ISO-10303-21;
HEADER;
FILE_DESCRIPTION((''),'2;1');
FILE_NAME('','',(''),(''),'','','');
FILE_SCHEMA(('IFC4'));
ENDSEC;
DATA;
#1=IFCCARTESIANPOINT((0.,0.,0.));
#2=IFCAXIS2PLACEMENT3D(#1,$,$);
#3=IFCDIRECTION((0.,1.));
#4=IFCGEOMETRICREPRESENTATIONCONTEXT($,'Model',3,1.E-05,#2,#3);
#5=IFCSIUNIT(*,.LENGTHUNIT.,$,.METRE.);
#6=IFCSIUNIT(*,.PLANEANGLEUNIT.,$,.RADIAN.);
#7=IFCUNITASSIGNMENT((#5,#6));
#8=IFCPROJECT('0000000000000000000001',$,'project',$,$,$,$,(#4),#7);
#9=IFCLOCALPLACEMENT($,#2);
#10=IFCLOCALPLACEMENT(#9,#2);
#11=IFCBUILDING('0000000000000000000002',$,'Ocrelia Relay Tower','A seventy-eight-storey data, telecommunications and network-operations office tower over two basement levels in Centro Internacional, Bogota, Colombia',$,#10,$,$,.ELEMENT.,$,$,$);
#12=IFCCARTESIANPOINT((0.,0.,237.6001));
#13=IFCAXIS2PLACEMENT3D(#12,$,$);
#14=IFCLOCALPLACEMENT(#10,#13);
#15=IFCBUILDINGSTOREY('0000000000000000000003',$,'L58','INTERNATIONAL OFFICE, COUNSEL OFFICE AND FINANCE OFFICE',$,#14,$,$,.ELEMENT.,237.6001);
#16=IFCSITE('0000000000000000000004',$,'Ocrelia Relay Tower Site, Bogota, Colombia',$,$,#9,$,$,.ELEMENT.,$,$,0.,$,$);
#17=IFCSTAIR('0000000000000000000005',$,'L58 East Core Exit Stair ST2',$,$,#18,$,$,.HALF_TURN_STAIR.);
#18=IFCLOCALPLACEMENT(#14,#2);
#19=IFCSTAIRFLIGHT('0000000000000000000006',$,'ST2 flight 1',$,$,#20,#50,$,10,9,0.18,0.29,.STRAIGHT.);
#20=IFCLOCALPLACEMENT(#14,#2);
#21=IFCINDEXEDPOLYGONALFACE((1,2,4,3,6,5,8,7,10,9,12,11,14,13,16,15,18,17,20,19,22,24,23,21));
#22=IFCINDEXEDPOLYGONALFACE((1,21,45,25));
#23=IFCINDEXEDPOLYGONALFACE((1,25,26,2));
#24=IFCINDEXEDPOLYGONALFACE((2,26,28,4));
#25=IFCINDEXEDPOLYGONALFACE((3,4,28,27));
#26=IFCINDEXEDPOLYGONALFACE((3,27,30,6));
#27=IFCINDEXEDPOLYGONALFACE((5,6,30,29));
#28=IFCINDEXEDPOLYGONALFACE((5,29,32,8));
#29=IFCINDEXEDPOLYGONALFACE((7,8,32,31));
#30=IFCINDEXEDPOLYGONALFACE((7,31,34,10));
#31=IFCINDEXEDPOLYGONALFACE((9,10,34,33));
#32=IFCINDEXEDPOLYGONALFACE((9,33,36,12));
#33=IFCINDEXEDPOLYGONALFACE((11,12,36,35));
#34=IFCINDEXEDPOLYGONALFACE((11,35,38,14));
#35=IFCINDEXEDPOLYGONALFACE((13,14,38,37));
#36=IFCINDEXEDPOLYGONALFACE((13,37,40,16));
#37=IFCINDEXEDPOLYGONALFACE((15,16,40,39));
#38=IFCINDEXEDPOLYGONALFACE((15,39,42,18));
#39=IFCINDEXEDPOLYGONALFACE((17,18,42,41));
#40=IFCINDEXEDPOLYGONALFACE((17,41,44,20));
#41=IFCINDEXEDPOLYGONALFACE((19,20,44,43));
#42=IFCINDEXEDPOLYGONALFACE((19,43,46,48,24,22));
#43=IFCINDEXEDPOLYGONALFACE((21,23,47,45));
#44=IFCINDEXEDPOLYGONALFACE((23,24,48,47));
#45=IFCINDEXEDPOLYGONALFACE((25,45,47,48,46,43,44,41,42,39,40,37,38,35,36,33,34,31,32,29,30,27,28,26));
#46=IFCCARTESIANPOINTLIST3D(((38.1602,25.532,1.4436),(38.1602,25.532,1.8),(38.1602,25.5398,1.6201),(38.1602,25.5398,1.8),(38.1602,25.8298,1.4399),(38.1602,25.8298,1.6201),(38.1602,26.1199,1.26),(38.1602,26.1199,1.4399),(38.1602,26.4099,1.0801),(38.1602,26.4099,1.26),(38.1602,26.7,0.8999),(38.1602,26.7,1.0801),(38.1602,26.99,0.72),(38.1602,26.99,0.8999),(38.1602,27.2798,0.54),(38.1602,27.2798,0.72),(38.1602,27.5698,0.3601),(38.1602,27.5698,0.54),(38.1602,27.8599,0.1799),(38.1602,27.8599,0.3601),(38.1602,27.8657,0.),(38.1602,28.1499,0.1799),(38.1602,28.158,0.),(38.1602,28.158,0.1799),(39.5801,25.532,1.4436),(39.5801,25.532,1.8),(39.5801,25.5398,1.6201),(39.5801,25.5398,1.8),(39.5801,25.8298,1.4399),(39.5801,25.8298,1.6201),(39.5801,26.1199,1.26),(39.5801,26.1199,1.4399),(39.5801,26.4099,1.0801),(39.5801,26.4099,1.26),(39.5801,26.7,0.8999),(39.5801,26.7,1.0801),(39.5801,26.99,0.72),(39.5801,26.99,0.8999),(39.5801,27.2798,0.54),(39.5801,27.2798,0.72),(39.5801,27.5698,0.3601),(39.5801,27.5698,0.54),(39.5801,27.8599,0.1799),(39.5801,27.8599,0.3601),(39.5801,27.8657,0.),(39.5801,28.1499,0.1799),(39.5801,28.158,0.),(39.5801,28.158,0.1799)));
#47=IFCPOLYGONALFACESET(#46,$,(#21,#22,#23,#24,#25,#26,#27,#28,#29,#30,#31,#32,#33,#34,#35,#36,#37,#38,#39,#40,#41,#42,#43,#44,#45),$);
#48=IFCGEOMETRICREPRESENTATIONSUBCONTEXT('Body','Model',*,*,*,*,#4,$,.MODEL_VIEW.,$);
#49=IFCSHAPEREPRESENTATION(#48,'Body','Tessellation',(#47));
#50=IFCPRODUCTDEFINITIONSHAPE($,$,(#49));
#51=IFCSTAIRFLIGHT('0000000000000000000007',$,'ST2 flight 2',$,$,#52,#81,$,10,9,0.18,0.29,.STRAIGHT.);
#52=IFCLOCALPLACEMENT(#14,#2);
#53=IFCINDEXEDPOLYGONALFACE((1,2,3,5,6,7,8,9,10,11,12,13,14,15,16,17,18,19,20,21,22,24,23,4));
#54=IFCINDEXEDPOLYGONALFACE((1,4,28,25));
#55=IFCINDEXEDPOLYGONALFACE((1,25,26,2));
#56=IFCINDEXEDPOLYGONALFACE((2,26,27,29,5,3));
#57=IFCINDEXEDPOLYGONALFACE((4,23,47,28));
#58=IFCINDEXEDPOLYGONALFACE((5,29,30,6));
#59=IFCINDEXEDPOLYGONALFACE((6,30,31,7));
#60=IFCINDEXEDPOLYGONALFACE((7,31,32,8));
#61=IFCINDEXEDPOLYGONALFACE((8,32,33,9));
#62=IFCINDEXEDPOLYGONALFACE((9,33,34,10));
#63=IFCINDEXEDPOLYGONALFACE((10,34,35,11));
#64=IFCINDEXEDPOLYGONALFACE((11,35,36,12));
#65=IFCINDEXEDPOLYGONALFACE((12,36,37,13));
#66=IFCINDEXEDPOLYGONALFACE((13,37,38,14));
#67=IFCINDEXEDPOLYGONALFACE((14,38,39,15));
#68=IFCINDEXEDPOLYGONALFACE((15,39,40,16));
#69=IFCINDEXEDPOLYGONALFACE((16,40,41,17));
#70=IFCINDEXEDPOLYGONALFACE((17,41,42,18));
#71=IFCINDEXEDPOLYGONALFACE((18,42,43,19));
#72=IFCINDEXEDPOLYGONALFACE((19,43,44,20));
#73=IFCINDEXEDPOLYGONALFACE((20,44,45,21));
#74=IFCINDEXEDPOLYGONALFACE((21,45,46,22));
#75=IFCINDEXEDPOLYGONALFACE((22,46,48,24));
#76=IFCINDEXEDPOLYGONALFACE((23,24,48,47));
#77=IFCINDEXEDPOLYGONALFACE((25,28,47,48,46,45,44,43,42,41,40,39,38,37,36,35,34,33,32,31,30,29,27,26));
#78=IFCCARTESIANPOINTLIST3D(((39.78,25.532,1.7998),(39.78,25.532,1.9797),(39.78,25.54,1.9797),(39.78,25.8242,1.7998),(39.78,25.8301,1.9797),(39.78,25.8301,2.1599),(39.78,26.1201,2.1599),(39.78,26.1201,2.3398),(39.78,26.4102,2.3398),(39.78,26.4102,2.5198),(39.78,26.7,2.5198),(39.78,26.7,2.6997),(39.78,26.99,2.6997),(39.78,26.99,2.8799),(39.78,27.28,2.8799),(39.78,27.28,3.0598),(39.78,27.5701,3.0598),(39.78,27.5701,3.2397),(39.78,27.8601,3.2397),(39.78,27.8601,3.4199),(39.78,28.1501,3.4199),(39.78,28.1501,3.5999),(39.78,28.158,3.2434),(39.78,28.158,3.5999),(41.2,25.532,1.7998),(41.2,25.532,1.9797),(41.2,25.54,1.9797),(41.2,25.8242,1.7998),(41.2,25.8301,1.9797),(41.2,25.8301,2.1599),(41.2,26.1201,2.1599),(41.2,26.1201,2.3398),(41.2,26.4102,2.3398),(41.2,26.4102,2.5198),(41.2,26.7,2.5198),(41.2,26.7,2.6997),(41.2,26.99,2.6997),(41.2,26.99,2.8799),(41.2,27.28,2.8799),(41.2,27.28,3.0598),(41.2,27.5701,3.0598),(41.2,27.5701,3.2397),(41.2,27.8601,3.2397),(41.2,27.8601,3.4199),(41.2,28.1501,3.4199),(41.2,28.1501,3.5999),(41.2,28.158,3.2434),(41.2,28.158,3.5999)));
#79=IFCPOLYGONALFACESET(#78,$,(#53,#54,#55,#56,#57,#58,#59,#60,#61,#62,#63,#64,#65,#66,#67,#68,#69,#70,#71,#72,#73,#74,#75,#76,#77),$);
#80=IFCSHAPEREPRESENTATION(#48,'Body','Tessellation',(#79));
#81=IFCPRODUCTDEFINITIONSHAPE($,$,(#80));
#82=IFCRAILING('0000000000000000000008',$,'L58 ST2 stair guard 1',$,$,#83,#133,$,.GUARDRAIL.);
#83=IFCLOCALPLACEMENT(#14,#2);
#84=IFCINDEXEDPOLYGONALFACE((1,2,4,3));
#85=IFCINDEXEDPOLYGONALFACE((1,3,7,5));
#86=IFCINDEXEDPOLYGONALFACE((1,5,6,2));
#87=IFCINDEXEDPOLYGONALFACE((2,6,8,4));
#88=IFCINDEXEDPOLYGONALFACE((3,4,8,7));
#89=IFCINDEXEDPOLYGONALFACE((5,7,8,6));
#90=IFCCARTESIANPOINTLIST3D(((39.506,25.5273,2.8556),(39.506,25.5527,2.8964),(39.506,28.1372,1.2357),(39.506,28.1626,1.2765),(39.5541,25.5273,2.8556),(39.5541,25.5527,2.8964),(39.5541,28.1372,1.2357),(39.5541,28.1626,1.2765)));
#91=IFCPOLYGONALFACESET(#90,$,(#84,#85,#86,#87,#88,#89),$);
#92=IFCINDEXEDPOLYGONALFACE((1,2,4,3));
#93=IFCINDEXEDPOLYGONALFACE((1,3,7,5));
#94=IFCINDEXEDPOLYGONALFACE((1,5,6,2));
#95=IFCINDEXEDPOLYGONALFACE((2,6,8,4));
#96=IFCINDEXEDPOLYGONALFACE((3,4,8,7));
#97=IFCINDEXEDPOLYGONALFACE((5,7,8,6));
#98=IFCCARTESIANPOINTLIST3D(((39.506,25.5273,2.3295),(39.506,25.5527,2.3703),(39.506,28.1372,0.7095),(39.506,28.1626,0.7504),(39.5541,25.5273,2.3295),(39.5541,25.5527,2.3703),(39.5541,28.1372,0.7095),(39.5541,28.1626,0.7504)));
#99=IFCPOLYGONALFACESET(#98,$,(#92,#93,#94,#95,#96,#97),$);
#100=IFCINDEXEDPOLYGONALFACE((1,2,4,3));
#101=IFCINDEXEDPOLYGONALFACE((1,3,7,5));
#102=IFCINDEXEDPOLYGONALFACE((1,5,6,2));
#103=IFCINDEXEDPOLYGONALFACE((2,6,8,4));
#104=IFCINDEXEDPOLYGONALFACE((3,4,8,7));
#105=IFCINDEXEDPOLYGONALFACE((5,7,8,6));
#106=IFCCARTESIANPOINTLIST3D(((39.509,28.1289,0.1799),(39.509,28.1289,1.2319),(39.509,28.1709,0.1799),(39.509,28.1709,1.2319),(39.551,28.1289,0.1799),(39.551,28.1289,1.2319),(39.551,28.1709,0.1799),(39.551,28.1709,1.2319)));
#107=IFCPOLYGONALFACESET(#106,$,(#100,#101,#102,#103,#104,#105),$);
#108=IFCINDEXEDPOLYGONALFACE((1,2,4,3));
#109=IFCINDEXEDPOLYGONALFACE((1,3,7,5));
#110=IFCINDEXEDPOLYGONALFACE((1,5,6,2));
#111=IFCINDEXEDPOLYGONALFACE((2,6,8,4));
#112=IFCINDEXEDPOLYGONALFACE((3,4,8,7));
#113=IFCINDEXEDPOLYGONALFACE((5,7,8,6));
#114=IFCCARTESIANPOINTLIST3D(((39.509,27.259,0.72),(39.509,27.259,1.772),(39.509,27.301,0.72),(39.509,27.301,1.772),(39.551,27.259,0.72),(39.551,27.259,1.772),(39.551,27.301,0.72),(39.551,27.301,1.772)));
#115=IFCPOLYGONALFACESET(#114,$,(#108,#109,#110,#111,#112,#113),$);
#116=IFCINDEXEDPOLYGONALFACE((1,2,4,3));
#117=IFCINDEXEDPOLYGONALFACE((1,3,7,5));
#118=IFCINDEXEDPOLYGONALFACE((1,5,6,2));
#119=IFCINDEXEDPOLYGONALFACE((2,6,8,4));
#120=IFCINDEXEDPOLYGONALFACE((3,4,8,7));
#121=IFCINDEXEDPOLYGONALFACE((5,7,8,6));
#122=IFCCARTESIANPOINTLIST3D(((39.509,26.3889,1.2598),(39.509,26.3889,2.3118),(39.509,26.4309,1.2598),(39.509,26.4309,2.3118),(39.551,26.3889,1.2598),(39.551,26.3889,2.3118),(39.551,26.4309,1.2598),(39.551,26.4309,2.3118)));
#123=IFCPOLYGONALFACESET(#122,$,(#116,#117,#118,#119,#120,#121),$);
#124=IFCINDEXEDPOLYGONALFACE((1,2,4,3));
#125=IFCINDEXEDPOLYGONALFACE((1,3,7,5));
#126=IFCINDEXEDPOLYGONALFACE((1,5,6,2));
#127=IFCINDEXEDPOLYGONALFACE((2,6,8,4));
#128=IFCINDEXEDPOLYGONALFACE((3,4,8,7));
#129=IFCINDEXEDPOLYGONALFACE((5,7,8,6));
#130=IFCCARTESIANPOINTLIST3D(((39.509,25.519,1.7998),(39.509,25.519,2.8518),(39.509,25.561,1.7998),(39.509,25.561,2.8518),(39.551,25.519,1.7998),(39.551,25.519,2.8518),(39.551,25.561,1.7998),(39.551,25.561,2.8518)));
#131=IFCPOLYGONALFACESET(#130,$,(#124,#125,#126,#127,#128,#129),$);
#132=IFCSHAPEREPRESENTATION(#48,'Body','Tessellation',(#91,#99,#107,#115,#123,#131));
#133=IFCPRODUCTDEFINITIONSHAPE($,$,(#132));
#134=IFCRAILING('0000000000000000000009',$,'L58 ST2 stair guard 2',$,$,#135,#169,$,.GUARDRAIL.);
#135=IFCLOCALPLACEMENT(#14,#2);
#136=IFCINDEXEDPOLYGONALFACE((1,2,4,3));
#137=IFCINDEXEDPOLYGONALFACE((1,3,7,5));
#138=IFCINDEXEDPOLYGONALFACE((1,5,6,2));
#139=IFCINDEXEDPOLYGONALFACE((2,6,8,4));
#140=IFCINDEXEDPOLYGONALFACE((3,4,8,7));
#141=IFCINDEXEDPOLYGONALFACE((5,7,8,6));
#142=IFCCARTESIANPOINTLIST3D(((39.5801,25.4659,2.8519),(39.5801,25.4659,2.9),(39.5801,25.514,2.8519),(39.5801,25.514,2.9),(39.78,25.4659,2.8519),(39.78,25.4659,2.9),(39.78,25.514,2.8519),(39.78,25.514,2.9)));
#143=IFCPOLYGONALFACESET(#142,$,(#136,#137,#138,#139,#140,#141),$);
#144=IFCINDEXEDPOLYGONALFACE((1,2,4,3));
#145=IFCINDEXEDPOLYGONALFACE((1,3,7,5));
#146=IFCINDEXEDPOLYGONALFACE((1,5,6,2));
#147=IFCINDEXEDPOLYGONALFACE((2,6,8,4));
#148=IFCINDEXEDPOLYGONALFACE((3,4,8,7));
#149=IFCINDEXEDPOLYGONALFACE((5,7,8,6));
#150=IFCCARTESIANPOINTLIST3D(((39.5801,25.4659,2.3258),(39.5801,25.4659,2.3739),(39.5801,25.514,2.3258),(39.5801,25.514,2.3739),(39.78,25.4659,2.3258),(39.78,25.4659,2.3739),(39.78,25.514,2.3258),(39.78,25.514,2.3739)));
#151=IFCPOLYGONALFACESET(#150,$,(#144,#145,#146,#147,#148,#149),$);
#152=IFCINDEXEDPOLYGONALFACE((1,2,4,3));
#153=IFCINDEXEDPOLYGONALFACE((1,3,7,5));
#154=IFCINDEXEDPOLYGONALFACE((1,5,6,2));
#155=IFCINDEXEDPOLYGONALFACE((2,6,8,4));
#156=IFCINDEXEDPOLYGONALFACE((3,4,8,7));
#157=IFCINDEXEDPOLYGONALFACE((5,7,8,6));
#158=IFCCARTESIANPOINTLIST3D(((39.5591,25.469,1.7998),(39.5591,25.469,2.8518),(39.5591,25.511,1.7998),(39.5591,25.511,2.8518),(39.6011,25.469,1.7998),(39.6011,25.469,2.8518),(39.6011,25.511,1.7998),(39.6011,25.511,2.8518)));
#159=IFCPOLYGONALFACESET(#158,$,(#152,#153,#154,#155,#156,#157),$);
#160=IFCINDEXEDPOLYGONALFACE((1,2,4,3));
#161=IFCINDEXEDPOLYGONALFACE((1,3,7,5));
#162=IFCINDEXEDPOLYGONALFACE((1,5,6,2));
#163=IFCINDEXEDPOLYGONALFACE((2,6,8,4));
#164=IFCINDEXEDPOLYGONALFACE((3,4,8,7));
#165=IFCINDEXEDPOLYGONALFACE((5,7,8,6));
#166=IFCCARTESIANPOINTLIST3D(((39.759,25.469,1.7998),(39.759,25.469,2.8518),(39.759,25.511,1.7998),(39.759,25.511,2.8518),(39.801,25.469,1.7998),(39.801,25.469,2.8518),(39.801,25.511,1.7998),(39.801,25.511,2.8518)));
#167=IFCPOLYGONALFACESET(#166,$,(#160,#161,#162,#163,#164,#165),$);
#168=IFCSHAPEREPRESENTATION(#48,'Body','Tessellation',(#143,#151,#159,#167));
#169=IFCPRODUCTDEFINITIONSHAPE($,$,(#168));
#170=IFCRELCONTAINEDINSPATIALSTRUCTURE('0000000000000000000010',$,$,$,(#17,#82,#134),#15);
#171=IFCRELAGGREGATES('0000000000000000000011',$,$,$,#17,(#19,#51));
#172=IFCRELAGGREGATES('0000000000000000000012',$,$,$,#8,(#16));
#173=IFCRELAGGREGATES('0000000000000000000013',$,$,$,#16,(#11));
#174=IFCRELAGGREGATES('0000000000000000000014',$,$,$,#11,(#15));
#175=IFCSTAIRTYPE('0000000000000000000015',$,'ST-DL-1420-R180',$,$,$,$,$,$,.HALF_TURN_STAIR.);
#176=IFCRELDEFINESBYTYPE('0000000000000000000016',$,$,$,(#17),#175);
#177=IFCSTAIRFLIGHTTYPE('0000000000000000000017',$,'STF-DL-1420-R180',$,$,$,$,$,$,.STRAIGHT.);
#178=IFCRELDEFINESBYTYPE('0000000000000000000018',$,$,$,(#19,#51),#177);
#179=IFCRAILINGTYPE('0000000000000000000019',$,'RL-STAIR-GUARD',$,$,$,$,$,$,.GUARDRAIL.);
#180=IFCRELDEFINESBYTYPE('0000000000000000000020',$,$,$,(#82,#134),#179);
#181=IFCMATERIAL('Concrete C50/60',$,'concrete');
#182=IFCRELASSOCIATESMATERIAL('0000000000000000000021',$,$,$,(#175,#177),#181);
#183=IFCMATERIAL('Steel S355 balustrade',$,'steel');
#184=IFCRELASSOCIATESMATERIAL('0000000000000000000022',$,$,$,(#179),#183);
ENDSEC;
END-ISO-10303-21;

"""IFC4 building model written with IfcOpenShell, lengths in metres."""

from ifc_helpers import new_model, si_unit, direction, frame, origin, origin_2d, place, context, subcontext, project, spatial, polyline, rectangle, outline, extrude, material, type_object, element, aggregate, save


model = new_model("IFC4")

# Units and contexts
model_context = context("Model", 3, precision=1e-05, world=origin(), true_north=direction((0.0, 1.0)))
body_context = subcontext(model_context, "Body", "Model", "MODEL_VIEW")
ifc_project = project(units=[si_unit("LENGTHUNIT", "METRE"), si_unit("PLANEANGLEUNIT", "RADIAN")], contexts=[model_context])

# Site, building, storey
site_placement = place(None, origin())
site = spatial("IfcSite", under=ifc_project, at=site_placement, Name="Ocrelia Relay Tower Site, Bogota, Colombia", CompositionType="ELEMENT", RefElevation=0.0)
building_placement = place(site_placement, origin())
building = spatial("IfcBuilding", under=site, at=building_placement, Name="Ocrelia Relay Tower", Description="A seventy-eight-storey data, telecommunications and network-operations office tower over two basement levels in Centro Internacional, Bogota, Colombia", CompositionType="ELEMENT")
storey_placement = place(building_placement, frame((0.0, 0.0, 237.6001)))
storey = spatial("IfcBuildingStorey", under=building, at=storey_placement, Name="L58", Description="INTERNATIONAL OFFICE, COUNSEL OFFICE AND FINANCE OFFICE", CompositionType="ELEMENT", Elevation=237.6001)

# Shared definitions
ifc_material_1 = material(Name="Concrete C50/60", Category="concrete")

# Stair, stair flights
stair_type = type_object("IfcStairType", Name="ST-DL-1420-R180", PredefinedType="HALF_TURN_STAIR", material=ifc_material_1)
stair_placement = place(storey_placement, origin())
stair = element("IfcStair", 1, at=stair_placement, inside=storey, type_object=stair_type, Name="L58 East Core Exit Stair ST2", PredefinedType="HALF_TURN_STAIR")
stair_flight_type = type_object("IfcStairFlightType", Name="STF-DL-1420-R180", PredefinedType="STRAIGHT", material=ifc_material_1)
stair_flight_1_placement = place(storey_placement, frame((38.8701, 28.1499, 0.0), z_axis=(0.0, 0.0, 1.0), x_axis=(0.0, -1.0, 0.0)))
stair_flight_1 = element("IfcStairFlight", 2, at=stair_flight_1_placement, type_object=stair_flight_type, Name="ST2 flight 1", NumberOfRisers=10, NumberOfTreads=9, PredefinedType="STRAIGHT", RiserHeight=0.18, TreadLength=0.29, context=body_context, shape_type="SweptSolid", body=[
    extrude(outline(polyline([(-0.0081, 0.0), (-0.0081, 0.1799), (0.0, 0.1799), (0.29, 0.1799), (0.29, 0.3601), (0.5801, 0.3601), (0.5801, 0.54), (0.8701, 0.54), (0.8701, 0.72), (1.1599, 0.72), (1.1599, 0.8999), (1.45, 0.8999), (1.45, 1.0801), (1.74, 1.0801), (1.74, 1.26), (2.03, 1.26), (2.03, 1.4399), (2.3201, 1.4399), (2.3201, 1.6201), (2.6101, 1.6201), (2.6101, 1.8), (2.6179, 1.8), (2.6179, 1.4436), (0.2842, 0.0), (-0.0081, 0.0)])), frame((0.0, 0.71, 0.0), z_axis=(0.0, -1.0, 0.0), x_axis=(1.0, 0.0, 0.0)), (0.0, 0.0, 1.0), 1.4199),
])
stair_flight_2_placement = place(storey_placement, frame((40.49, 25.54, 1.7998), z_axis=(0.0, 0.0, 1.0), x_axis=(0.0, 1.0, 0.0)))
stair_flight_2 = element("IfcStairFlight", 3, at=stair_flight_2_placement, type_object=stair_flight_type, Name="ST2 flight 2", NumberOfRisers=10, NumberOfTreads=9, PredefinedType="STRAIGHT", RiserHeight=0.18, TreadLength=0.29, context=body_context, shape_type="SweptSolid", body=[
    extrude(outline(polyline([(-0.0081, 0.0), (-0.0081, 0.1799), (0.0, 0.1799), (0.29, 0.1799), (0.29, 0.3601), (0.5801, 0.3601), (0.5801, 0.54), (0.8701, 0.54), (0.8701, 0.72), (1.1599, 0.72), (1.1599, 0.8999), (1.45, 0.8999), (1.45, 1.0801), (1.74, 1.0801), (1.74, 1.26), (2.03, 1.26), (2.03, 1.4399), (2.3201, 1.4399), (2.3201, 1.6201), (2.6101, 1.6201), (2.6101, 1.8), (2.6179, 1.8), (2.6179, 1.4436), (0.2842, 0.0), (-0.0081, 0.0)])), frame((0.0, 0.71, 0.0), z_axis=(0.0, -1.0, 0.0), x_axis=(1.0, 0.0, 0.0)), (0.0, 0.0, 1.0), 1.4199),
])
aggregate(stair, [stair_flight_1, stair_flight_2])

# Railings
ifc_material_2 = material(Name="Steel S355 balustrade", Category="steel")
railing_type_1 = type_object("IfcRailingType", Name="RL-STAIR-GUARD", PredefinedType="GUARDRAIL", material=ifc_material_2)
railing_1_placement = place(storey_placement, frame((39.53, 28.1499, 0.1799)))
element("IfcRailing", 4, at=railing_1_placement, inside=storey, type_object=railing_type_1, Name="L58 ST2 stair guard 1", PredefinedType="GUARDRAIL", context=body_context, shape_type="SweptSolid", body=[
    extrude(rectangle(XDim=0.0481, YDim=0.0481, at=origin_2d()), frame((0.0, 0.0, 1.0762), z_axis=(0.0, -0.849646, 0.527353), x_axis=(1.0, 0.0, 0.0)), (0.0, 0.0, 1.0), 3.0718),
    extrude(rectangle(XDim=0.0481, YDim=0.0481, at=origin_2d()), frame((0.0, 0.0, 0.55), z_axis=(0.0, -0.849646, 0.527353), x_axis=(1.0, 0.0, 0.0)), (0.0, 0.0, 1.0), 3.0718),
    extrude(rectangle(XDim=0.042, YDim=0.042, at=origin_2d()), origin(), (0.0, 0.0, 1.0), 1.052),
    extrude(rectangle(XDim=0.042, YDim=0.042, at=origin_2d()), frame((0.0, -0.8699, 0.54)), (0.0, 0.0, 1.0), 1.052),
    extrude(rectangle(XDim=0.042, YDim=0.042, at=origin_2d()), frame((0.0, -1.74, 1.0798)), (0.0, 0.0, 1.0), 1.052),
    extrude(rectangle(XDim=0.042, YDim=0.042, at=origin_2d()), frame((0.0, -2.6099, 1.6199)), (0.0, 0.0, 1.0), 1.052),
])
railing_2_placement = place(storey_placement, frame((39.5801, 25.49, 1.7998)))
element("IfcRailing", 5, at=railing_2_placement, inside=storey, type_object=railing_type_1, Name="L58 ST2 stair guard 2", PredefinedType="GUARDRAIL", context=body_context, shape_type="SweptSolid", body=[
    extrude(rectangle(XDim=0.0481, YDim=0.0481, at=origin_2d()), frame((0.0, 0.0, 1.0762), z_axis=(1.0, 0.0, 0.0), x_axis=(0.0, 1.0, 0.0)), (0.0, 0.0, 1.0), 0.2),
    extrude(rectangle(XDim=0.0481, YDim=0.0481, at=origin_2d()), frame((0.0, 0.0, 0.55), z_axis=(1.0, 0.0, 0.0), x_axis=(0.0, 1.0, 0.0)), (0.0, 0.0, 1.0), 0.2),
    extrude(rectangle(XDim=0.042, YDim=0.042, at=origin_2d()), origin(), (0.0, 0.0, 1.0), 1.052),
    extrude(rectangle(XDim=0.042, YDim=0.042, at=origin_2d()), frame((0.2, 0.0, 0.0)), (0.0, 0.0, 1.0), 1.052),
])

save(model, "model.ifc")
